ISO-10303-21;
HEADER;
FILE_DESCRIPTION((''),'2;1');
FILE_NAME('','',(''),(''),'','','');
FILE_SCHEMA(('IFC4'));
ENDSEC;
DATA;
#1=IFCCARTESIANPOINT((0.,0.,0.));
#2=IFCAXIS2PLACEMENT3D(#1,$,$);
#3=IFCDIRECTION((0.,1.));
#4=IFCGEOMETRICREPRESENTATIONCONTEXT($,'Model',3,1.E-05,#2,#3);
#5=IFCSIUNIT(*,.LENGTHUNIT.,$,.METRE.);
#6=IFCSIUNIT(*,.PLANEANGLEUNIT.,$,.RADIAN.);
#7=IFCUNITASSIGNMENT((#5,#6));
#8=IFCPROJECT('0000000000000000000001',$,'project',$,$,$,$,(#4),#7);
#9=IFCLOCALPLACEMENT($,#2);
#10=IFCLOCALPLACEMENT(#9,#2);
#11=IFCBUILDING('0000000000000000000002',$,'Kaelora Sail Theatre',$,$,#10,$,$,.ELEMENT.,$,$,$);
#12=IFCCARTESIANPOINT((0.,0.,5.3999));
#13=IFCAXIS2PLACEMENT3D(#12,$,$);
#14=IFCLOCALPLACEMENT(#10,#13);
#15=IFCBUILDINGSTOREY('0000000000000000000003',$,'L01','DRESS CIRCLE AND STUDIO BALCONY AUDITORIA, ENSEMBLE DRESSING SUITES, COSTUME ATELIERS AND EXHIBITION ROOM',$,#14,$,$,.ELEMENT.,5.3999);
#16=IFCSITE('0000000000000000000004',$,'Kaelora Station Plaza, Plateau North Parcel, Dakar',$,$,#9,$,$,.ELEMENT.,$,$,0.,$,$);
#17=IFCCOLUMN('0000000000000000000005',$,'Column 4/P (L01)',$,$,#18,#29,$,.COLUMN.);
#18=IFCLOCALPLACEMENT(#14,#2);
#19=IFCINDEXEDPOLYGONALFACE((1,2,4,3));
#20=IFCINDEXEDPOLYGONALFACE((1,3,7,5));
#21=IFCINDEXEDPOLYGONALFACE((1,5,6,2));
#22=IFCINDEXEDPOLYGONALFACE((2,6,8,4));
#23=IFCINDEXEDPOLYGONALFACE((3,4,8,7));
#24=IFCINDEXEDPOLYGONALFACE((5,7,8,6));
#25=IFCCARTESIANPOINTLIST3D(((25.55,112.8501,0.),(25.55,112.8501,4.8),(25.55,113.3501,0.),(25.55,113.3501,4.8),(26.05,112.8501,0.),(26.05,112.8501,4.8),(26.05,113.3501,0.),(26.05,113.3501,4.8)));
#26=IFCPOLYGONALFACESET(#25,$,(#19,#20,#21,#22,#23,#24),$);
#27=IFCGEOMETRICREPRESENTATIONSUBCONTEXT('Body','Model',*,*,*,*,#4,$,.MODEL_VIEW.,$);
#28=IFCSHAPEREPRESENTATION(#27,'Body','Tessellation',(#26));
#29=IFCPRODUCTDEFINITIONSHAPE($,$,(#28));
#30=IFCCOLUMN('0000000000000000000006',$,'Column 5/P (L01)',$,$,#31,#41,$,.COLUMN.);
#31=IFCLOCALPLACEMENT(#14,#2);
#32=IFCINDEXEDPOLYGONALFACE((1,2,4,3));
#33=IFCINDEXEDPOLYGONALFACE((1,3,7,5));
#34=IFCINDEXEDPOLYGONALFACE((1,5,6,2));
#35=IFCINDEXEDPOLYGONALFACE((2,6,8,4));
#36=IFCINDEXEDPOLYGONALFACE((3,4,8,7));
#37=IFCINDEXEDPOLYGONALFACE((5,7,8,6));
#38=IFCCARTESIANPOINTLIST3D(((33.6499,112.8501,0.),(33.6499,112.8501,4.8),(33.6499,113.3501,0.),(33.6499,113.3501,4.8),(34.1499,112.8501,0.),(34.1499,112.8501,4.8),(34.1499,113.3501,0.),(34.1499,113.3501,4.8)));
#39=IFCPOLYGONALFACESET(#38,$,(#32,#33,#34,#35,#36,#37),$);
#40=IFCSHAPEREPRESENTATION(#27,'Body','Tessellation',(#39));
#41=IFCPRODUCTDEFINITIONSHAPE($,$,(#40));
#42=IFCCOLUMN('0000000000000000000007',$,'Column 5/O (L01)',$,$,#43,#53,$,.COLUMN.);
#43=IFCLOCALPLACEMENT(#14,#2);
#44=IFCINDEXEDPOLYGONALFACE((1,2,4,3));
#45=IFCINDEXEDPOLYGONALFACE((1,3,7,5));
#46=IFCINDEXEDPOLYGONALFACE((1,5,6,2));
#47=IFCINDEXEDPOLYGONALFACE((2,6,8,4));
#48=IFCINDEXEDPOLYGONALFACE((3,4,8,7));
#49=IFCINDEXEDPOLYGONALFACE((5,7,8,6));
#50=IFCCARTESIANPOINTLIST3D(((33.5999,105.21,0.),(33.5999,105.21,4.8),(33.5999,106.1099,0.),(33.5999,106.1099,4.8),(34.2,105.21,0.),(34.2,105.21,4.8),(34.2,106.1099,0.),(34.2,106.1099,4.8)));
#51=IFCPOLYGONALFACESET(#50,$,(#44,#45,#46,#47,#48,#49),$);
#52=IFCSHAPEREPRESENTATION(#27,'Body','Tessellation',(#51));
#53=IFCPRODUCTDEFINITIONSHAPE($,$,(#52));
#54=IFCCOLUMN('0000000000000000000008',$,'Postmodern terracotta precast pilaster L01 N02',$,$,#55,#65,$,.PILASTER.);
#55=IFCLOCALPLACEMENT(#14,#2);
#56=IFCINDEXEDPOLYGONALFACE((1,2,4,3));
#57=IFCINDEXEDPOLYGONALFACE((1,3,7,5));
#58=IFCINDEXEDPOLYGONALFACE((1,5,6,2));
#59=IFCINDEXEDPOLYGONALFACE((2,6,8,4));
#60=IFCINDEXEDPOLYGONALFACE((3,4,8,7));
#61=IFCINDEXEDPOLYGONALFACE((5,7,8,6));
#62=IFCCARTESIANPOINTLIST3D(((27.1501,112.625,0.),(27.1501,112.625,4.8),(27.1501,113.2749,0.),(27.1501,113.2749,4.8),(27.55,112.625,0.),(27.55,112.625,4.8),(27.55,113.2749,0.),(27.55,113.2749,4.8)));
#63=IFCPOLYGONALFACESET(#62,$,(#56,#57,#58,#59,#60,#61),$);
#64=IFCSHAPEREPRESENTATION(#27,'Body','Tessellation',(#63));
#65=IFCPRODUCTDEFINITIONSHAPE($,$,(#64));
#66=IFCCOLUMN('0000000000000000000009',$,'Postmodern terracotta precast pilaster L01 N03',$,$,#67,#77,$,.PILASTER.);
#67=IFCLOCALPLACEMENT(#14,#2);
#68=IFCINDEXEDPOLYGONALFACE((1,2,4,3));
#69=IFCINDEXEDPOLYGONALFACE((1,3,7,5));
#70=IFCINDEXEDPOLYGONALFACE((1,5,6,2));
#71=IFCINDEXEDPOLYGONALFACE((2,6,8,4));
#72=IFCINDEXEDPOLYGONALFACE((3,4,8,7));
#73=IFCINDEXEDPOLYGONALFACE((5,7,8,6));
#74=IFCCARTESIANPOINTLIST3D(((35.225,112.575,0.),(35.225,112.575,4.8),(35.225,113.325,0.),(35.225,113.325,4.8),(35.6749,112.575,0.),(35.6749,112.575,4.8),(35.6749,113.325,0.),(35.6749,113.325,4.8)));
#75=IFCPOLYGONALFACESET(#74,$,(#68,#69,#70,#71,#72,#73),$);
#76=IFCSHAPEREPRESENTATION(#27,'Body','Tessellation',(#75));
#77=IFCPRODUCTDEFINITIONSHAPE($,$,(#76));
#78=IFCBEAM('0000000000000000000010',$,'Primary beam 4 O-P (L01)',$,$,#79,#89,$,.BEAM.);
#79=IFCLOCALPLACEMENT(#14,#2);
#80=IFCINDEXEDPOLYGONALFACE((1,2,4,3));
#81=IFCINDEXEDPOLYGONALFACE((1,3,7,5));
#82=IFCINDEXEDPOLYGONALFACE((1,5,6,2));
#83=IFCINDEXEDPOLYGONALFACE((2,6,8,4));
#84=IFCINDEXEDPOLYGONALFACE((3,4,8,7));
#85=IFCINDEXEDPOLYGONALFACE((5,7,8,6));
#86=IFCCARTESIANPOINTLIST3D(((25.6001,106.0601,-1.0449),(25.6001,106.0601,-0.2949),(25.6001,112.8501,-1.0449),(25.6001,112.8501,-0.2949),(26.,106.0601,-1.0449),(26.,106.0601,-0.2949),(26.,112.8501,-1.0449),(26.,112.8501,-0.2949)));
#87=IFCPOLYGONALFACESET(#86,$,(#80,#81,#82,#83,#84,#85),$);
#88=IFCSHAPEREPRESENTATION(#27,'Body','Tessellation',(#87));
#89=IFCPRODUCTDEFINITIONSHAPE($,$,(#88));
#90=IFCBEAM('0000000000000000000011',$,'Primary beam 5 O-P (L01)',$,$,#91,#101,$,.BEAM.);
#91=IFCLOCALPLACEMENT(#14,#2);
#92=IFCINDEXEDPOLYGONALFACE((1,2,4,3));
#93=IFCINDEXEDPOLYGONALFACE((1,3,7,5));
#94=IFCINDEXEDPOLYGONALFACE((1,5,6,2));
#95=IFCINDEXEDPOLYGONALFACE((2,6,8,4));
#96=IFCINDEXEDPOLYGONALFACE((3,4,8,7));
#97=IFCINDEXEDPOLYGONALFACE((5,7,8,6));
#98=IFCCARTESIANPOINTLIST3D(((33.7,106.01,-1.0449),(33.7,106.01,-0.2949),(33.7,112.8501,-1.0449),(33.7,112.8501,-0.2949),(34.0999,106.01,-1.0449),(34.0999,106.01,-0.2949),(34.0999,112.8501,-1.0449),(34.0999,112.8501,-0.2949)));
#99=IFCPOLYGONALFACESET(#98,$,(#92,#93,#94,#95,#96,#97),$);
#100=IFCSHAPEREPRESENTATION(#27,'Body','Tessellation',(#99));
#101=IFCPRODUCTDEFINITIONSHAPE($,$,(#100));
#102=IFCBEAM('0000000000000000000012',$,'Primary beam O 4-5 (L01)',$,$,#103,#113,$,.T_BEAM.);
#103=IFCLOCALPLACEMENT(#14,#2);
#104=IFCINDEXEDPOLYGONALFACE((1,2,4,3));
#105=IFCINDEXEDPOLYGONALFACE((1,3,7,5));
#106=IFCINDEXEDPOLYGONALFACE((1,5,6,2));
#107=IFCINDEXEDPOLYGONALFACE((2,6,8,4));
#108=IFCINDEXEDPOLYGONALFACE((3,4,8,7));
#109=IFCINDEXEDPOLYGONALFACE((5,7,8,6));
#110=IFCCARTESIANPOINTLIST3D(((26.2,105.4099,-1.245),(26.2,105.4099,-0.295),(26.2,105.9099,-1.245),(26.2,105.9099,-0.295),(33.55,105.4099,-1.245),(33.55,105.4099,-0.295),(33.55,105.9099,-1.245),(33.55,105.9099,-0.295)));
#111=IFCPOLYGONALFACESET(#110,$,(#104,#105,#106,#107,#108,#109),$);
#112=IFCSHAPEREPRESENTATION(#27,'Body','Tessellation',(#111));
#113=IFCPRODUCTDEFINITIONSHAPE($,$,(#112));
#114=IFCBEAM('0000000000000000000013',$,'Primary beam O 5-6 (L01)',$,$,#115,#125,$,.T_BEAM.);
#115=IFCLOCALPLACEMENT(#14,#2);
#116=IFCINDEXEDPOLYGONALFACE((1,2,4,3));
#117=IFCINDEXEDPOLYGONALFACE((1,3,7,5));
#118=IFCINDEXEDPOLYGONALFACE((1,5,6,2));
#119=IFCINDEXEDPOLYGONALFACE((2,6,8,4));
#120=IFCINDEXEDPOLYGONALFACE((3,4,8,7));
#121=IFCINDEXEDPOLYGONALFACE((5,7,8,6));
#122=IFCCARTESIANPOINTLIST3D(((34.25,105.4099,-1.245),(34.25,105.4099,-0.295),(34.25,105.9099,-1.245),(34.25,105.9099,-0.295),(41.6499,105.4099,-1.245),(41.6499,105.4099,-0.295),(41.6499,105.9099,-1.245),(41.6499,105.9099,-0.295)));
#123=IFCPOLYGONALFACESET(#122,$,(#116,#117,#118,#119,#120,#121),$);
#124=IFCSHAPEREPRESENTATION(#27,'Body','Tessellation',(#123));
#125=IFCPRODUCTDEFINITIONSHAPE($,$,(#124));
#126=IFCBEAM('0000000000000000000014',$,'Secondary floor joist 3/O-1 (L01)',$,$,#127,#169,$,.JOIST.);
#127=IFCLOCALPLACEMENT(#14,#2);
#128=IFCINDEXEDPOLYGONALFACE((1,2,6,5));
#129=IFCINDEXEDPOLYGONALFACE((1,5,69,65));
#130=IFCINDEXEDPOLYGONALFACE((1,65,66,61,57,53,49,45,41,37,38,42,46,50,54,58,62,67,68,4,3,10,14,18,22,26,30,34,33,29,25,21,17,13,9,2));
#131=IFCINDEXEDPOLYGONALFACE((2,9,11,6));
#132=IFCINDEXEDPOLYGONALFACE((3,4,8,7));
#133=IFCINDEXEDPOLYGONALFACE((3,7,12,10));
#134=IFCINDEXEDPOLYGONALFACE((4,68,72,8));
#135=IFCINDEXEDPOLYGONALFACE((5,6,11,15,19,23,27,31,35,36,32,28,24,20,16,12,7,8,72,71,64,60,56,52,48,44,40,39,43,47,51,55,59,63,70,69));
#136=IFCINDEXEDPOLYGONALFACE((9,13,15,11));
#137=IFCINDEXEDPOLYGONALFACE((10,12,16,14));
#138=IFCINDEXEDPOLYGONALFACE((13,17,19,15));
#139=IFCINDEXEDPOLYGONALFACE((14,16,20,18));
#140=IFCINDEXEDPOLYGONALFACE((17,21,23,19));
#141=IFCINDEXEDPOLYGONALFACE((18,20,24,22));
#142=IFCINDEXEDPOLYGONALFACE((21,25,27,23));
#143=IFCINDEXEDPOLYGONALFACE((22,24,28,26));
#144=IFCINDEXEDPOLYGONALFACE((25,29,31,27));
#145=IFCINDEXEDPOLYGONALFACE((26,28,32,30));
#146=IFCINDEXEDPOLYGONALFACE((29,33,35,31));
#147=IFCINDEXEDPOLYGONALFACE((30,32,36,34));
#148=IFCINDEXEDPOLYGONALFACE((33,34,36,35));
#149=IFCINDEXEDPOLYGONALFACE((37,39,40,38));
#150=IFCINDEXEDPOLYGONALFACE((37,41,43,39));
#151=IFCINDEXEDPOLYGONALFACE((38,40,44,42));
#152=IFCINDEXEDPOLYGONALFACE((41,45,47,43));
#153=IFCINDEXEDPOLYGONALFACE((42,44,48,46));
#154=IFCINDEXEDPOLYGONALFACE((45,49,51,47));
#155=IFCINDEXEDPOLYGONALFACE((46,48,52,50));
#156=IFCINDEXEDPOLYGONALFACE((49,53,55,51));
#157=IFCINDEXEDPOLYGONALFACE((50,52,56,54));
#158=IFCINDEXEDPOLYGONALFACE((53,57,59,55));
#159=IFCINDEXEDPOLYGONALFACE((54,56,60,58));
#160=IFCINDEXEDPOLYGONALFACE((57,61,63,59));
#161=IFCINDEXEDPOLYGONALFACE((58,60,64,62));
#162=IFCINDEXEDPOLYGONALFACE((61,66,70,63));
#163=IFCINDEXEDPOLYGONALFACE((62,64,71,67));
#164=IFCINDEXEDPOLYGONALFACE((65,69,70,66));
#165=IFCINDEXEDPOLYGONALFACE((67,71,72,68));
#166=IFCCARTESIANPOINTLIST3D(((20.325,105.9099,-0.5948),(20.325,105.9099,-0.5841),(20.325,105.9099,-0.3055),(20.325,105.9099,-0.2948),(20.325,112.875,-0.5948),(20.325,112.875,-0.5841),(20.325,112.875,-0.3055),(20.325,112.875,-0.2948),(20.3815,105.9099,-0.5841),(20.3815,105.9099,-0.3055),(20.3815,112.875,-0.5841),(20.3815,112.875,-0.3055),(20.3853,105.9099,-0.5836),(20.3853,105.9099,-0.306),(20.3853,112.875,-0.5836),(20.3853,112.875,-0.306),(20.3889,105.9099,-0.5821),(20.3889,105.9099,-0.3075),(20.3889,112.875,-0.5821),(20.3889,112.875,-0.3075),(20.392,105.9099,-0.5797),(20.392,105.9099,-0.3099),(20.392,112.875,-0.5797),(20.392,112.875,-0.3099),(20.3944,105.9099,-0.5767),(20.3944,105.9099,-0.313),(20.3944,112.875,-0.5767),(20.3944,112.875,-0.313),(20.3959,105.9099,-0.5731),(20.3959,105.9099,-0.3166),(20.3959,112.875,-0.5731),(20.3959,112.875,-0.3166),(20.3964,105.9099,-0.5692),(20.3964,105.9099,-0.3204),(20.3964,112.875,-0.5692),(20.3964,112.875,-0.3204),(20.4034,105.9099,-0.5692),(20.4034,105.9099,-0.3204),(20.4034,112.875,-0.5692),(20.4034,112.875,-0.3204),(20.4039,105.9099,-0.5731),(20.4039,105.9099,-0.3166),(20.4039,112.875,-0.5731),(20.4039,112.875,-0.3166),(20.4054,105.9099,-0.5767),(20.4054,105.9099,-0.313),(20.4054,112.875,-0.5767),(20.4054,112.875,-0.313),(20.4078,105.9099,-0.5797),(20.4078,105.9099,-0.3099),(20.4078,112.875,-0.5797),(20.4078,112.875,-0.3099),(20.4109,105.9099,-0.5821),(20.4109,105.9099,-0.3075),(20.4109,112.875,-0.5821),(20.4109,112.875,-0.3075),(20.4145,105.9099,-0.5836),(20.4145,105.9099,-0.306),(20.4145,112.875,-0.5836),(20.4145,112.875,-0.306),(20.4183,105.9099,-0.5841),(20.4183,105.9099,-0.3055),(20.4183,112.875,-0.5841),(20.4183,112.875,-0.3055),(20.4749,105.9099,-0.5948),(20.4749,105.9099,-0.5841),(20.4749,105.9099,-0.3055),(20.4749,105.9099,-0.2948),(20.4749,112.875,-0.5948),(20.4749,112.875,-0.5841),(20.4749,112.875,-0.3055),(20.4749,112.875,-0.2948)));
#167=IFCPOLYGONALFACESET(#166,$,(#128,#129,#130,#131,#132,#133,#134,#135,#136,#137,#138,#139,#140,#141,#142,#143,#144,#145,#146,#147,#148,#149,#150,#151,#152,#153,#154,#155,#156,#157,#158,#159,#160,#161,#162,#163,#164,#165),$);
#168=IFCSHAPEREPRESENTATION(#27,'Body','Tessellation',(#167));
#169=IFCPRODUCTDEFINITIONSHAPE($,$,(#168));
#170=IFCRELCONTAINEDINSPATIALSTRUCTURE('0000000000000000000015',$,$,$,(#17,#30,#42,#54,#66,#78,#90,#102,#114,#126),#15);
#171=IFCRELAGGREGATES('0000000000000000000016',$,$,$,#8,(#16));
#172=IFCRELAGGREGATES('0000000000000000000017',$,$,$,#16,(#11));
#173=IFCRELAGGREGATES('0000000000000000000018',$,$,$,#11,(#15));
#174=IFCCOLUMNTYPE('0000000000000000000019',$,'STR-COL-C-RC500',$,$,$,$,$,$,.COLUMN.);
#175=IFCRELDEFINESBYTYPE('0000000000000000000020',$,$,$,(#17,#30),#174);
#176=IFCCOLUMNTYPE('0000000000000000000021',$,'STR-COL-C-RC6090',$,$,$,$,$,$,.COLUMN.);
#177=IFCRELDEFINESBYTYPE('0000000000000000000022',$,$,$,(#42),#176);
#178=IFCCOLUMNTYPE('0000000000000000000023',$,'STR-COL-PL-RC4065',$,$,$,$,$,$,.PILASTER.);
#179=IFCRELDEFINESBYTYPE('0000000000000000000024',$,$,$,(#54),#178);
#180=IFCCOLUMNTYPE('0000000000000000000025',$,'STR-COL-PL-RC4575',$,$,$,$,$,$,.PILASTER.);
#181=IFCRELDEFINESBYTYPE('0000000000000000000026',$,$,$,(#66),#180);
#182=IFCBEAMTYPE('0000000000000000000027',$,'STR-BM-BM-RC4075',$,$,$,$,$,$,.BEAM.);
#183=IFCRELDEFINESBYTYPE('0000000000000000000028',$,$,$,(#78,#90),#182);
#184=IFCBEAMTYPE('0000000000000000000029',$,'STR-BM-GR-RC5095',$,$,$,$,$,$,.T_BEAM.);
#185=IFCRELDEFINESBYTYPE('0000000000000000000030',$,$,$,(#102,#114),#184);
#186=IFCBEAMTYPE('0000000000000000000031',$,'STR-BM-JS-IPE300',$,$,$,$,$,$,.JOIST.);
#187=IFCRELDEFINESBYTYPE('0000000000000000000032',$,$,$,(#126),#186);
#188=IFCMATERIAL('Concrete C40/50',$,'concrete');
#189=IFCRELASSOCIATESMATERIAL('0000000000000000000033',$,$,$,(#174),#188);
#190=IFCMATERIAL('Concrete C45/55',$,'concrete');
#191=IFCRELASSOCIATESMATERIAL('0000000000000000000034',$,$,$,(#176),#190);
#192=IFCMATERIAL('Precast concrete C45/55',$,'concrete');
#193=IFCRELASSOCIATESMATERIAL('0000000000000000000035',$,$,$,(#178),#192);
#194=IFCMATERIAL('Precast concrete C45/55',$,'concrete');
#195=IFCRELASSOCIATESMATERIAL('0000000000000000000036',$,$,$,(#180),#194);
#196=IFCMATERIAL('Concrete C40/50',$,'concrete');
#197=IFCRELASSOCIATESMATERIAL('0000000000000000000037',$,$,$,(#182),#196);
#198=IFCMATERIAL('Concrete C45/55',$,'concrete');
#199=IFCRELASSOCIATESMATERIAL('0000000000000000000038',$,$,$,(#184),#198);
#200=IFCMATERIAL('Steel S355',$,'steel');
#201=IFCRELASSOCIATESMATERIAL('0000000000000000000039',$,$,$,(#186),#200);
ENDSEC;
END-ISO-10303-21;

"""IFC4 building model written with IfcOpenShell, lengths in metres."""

from ifc_helpers import new_model, si_unit, direction, frame, origin, origin_2d, place, context, subcontext, project, spatial, rectangle, i_section, extrude, material, material_profile, profile_set, type_object, element, save


model = new_model("IFC4")

# Units and contexts
model_context = context("Model", 3, precision=1e-05, world=origin(), true_north=direction((0.0, 1.0)))
body_context = subcontext(model_context, "Body", "Model", "MODEL_VIEW")
ifc_project = project(units=[si_unit("LENGTHUNIT", "METRE"), si_unit("PLANEANGLEUNIT", "RADIAN")], contexts=[model_context])

# Site, building, storey
site_placement = place(None, origin())
site = spatial("IfcSite", under=ifc_project, at=site_placement, Name="Kaelora Station Plaza, Plateau North Parcel, Dakar", CompositionType="ELEMENT", RefElevation=0.0)
building_placement = place(site_placement, origin())
building = spatial("IfcBuilding", under=site, at=building_placement, Name="Kaelora Sail Theatre", CompositionType="ELEMENT")
storey_placement = place(building_placement, frame((0.0, 0.0, 5.3999)))
storey = spatial("IfcBuildingStorey", under=building, at=storey_placement, Name="L01", Description="DRESS CIRCLE AND STUDIO BALCONY AUDITORIA, ENSEMBLE DRESSING SUITES, COSTUME ATELIERS AND EXHIBITION ROOM", CompositionType="ELEMENT", Elevation=5.3999)

# Columns
ifc_material_1 = material(Name="Concrete C40/50", Category="concrete")
ifc_material_profile_1 = material_profile(ifc_material_1, rectangle(XDim=0.5, YDim=0.5, at=origin_2d()), Name="RC-COL 500x500")
ifc_profile_set_1 = profile_set([ifc_material_profile_1], Name="Concrete C40/50")
column_type_1 = type_object("IfcColumnType", Name="STR-COL-C-RC500", PredefinedType="COLUMN", material=ifc_profile_set_1)
for number, where, z_axis, x_axis, name in (
    (1, (25.8, 113.1001, 0.0), (0.0, 0.0, 1.0), (1.0, 0.0, 0.0), "Column 4/P (L01)"),
    (2, (33.8999, 113.1001, 0.0), (0.0, 0.0, 1.0), (1.0, 0.0, 0.0), "Column 5/P (L01)"),
):
    element("IfcColumn", number, at=place(storey_placement, frame(where, z_axis=z_axis, x_axis=x_axis)), inside=storey, type_object=column_type_1, Name=name, PredefinedType="COLUMN", context=body_context, shape_type="SweptSolid", body=[
        extrude(rectangle(XDim=0.5, YDim=0.5, at=origin_2d()), origin(), (0.0, 0.0, 1.0), 4.8),
    ])
ifc_material_2 = material(Name="Concrete C45/55", Category="concrete")
ifc_material_profile_2 = material_profile(ifc_material_2, rectangle(XDim=0.6001, YDim=0.8999, at=origin_2d()), Name="RC-COL 600x900")
ifc_profile_set_2 = profile_set([ifc_material_profile_2], Name="Concrete C45/55")
column_type_2 = type_object("IfcColumnType", Name="STR-COL-C-RC6090", PredefinedType="COLUMN", material=ifc_profile_set_2)
column_1_placement = place(storey_placement, frame((33.8999, 105.6599, 0.0), z_axis=(0.0, 0.0, 1.0), x_axis=(1.0, 0.0, 0.0)))
element("IfcColumn", 3, at=column_1_placement, inside=storey, type_object=column_type_2, Name="Column 5/O (L01)", PredefinedType="COLUMN", context=body_context, shape_type="SweptSolid", body=[
    extrude(rectangle(XDim=0.6001, YDim=0.8999, at=origin_2d()), origin(), (0.0, 0.0, 1.0), 4.8),
])
ifc_material_3 = material(Name="Precast concrete C45/55", Category="concrete")
ifc_material_profile_3 = material_profile(ifc_material_3, rectangle(XDim=0.3999, YDim=0.6499, at=origin_2d()), Name="RC-PIL 400x650")
ifc_profile_set_3 = profile_set([ifc_material_profile_3], Name="Precast concrete C45/55")
column_type_3 = type_object("IfcColumnType", Name="STR-COL-PL-RC4065", PredefinedType="PILASTER", material=ifc_profile_set_3)
column_2_placement = place(storey_placement, frame((27.3501, 112.95, 0.0), z_axis=(0.0, 0.0, 1.0), x_axis=(1.0, 0.0, 0.0)))
element("IfcColumn", 4, at=column_2_placement, inside=storey, type_object=column_type_3, Name="Postmodern terracotta precast pilaster L01 N02", PredefinedType="PILASTER", context=body_context, shape_type="SweptSolid", body=[
    extrude(rectangle(XDim=0.3999, YDim=0.6499, at=origin_2d()), origin(), (0.0, 0.0, 1.0), 4.8),
])
ifc_material_4 = material(Name="Precast concrete C45/55", Category="concrete")
ifc_material_profile_4 = material_profile(ifc_material_4, rectangle(XDim=0.45, YDim=0.75, at=origin_2d()), Name="RC-PIL 450x750")
ifc_profile_set_4 = profile_set([ifc_material_profile_4], Name="Precast concrete C45/55")
column_type_4 = type_object("IfcColumnType", Name="STR-COL-PL-RC4575", PredefinedType="PILASTER", material=ifc_profile_set_4)
column_3_placement = place(storey_placement, frame((35.45, 112.95, 0.0), z_axis=(0.0, 0.0, 1.0), x_axis=(1.0, 0.0, 0.0)))
element("IfcColumn", 5, at=column_3_placement, inside=storey, type_object=column_type_4, Name="Postmodern terracotta precast pilaster L01 N03", PredefinedType="PILASTER", context=body_context, shape_type="SweptSolid", body=[
    extrude(rectangle(XDim=0.45, YDim=0.75, at=origin_2d()), origin(), (0.0, 0.0, 1.0), 4.8),
])

# Beams
ifc_material_5 = material(Name="Concrete C40/50", Category="concrete")
ifc_material_profile_5 = material_profile(ifc_material_5, rectangle(XDim=0.3999, YDim=0.75, at=origin_2d()), Name="RC-BM 400x750")
ifc_profile_set_5 = profile_set([ifc_material_profile_5], Name="Concrete C40/50")
beam_type_1 = type_object("IfcBeamType", Name="STR-BM-BM-RC4075", PredefinedType="BEAM", material=ifc_profile_set_5)
beam_1_placement = place(storey_placement, frame((25.8, 106.0601, -0.6699), z_axis=(0.0, 1.0, 0.0), x_axis=(-1.0, 0.0, 0.0)))
element("IfcBeam", 6, at=beam_1_placement, inside=storey, type_object=beam_type_1, Name="Primary beam 4 O-P (L01)", PredefinedType="BEAM", context=body_context, shape_type="SweptSolid", body=[
    extrude(rectangle(XDim=0.3999, YDim=0.75, at=origin_2d()), origin(), (0.0, 0.0, 1.0), 6.79),
])
beam_2_placement = place(storey_placement, frame((33.8999, 106.01, -0.6699), z_axis=(0.0, 1.0, 0.0), x_axis=(-1.0, 0.0, 0.0)))
element("IfcBeam", 7, at=beam_2_placement, inside=storey, type_object=beam_type_1, Name="Primary beam 5 O-P (L01)", PredefinedType="BEAM", context=body_context, shape_type="SweptSolid", body=[
    extrude(rectangle(XDim=0.3999, YDim=0.75, at=origin_2d()), origin(), (0.0, 0.0, 1.0), 6.8401),
])
ifc_material_6 = material(Name="Concrete C45/55", Category="concrete")
ifc_material_profile_6 = material_profile(ifc_material_6, rectangle(XDim=0.5, YDim=0.95, at=origin_2d()), Name="RC-GRD 500x950")
ifc_profile_set_6 = profile_set([ifc_material_profile_6], Name="Concrete C45/55")
beam_type_2 = type_object("IfcBeamType", Name="STR-BM-GR-RC5095", PredefinedType="T_BEAM", material=ifc_profile_set_6)
beam_3_placement = place(storey_placement, frame((26.2, 105.6599, -0.77), z_axis=(1.0, 0.0, 0.0), x_axis=(0.0, 1.0, 0.0)))
element("IfcBeam", 8, at=beam_3_placement, inside=storey, type_object=beam_type_2, Name="Primary beam O 4-5 (L01)", PredefinedType="T_BEAM", context=body_context, shape_type="SweptSolid", body=[
    extrude(rectangle(XDim=0.5, YDim=0.95, at=origin_2d()), origin(), (0.0, 0.0, 1.0), 7.3501),
])
beam_4_placement = place(storey_placement, frame((34.25, 105.6599, -0.77), z_axis=(1.0, 0.0, 0.0), x_axis=(0.0, 1.0, 0.0)))
element("IfcBeam", 9, at=beam_4_placement, inside=storey, type_object=beam_type_2, Name="Primary beam O 5-6 (L01)", PredefinedType="T_BEAM", context=body_context, shape_type="SweptSolid", body=[
    extrude(rectangle(XDim=0.5, YDim=0.95, at=origin_2d()), origin(), (0.0, 0.0, 1.0), 7.3999),
])
ifc_material_7 = material(Name="Steel S355", Category="steel")
ifc_material_profile_7 = material_profile(ifc_material_7, i_section(OverallWidth=0.1499, OverallDepth=0.3, WebThickness=0.0071, FlangeThickness=0.0107, FilletRadius=0.0149, at=origin_2d()), Name="IPE 300")
ifc_profile_set_7 = profile_set([ifc_material_profile_7], Name="Steel S355")
beam_type_3 = type_object("IfcBeamType", Name="STR-BM-JS-IPE300", PredefinedType="JOIST", material=ifc_profile_set_7)
beam_5_placement = place(storey_placement, frame((20.3999, 105.9099, -0.4448), z_axis=(0.0, 1.0, 0.0), x_axis=(-1.0, 0.0, 0.0)))
element("IfcBeam", 10, at=beam_5_placement, inside=storey, type_object=beam_type_3, Name="Secondary floor joist 3/O-1 (L01)", PredefinedType="JOIST", context=body_context, shape_type="SweptSolid", body=[
    extrude(i_section(OverallWidth=0.1499, OverallDepth=0.3, WebThickness=0.0071, FlangeThickness=0.0107, FilletRadius=0.0149, at=origin_2d()), origin(), (0.0, 0.0, 1.0), 6.9651),
])

save(model, "model.ifc")
